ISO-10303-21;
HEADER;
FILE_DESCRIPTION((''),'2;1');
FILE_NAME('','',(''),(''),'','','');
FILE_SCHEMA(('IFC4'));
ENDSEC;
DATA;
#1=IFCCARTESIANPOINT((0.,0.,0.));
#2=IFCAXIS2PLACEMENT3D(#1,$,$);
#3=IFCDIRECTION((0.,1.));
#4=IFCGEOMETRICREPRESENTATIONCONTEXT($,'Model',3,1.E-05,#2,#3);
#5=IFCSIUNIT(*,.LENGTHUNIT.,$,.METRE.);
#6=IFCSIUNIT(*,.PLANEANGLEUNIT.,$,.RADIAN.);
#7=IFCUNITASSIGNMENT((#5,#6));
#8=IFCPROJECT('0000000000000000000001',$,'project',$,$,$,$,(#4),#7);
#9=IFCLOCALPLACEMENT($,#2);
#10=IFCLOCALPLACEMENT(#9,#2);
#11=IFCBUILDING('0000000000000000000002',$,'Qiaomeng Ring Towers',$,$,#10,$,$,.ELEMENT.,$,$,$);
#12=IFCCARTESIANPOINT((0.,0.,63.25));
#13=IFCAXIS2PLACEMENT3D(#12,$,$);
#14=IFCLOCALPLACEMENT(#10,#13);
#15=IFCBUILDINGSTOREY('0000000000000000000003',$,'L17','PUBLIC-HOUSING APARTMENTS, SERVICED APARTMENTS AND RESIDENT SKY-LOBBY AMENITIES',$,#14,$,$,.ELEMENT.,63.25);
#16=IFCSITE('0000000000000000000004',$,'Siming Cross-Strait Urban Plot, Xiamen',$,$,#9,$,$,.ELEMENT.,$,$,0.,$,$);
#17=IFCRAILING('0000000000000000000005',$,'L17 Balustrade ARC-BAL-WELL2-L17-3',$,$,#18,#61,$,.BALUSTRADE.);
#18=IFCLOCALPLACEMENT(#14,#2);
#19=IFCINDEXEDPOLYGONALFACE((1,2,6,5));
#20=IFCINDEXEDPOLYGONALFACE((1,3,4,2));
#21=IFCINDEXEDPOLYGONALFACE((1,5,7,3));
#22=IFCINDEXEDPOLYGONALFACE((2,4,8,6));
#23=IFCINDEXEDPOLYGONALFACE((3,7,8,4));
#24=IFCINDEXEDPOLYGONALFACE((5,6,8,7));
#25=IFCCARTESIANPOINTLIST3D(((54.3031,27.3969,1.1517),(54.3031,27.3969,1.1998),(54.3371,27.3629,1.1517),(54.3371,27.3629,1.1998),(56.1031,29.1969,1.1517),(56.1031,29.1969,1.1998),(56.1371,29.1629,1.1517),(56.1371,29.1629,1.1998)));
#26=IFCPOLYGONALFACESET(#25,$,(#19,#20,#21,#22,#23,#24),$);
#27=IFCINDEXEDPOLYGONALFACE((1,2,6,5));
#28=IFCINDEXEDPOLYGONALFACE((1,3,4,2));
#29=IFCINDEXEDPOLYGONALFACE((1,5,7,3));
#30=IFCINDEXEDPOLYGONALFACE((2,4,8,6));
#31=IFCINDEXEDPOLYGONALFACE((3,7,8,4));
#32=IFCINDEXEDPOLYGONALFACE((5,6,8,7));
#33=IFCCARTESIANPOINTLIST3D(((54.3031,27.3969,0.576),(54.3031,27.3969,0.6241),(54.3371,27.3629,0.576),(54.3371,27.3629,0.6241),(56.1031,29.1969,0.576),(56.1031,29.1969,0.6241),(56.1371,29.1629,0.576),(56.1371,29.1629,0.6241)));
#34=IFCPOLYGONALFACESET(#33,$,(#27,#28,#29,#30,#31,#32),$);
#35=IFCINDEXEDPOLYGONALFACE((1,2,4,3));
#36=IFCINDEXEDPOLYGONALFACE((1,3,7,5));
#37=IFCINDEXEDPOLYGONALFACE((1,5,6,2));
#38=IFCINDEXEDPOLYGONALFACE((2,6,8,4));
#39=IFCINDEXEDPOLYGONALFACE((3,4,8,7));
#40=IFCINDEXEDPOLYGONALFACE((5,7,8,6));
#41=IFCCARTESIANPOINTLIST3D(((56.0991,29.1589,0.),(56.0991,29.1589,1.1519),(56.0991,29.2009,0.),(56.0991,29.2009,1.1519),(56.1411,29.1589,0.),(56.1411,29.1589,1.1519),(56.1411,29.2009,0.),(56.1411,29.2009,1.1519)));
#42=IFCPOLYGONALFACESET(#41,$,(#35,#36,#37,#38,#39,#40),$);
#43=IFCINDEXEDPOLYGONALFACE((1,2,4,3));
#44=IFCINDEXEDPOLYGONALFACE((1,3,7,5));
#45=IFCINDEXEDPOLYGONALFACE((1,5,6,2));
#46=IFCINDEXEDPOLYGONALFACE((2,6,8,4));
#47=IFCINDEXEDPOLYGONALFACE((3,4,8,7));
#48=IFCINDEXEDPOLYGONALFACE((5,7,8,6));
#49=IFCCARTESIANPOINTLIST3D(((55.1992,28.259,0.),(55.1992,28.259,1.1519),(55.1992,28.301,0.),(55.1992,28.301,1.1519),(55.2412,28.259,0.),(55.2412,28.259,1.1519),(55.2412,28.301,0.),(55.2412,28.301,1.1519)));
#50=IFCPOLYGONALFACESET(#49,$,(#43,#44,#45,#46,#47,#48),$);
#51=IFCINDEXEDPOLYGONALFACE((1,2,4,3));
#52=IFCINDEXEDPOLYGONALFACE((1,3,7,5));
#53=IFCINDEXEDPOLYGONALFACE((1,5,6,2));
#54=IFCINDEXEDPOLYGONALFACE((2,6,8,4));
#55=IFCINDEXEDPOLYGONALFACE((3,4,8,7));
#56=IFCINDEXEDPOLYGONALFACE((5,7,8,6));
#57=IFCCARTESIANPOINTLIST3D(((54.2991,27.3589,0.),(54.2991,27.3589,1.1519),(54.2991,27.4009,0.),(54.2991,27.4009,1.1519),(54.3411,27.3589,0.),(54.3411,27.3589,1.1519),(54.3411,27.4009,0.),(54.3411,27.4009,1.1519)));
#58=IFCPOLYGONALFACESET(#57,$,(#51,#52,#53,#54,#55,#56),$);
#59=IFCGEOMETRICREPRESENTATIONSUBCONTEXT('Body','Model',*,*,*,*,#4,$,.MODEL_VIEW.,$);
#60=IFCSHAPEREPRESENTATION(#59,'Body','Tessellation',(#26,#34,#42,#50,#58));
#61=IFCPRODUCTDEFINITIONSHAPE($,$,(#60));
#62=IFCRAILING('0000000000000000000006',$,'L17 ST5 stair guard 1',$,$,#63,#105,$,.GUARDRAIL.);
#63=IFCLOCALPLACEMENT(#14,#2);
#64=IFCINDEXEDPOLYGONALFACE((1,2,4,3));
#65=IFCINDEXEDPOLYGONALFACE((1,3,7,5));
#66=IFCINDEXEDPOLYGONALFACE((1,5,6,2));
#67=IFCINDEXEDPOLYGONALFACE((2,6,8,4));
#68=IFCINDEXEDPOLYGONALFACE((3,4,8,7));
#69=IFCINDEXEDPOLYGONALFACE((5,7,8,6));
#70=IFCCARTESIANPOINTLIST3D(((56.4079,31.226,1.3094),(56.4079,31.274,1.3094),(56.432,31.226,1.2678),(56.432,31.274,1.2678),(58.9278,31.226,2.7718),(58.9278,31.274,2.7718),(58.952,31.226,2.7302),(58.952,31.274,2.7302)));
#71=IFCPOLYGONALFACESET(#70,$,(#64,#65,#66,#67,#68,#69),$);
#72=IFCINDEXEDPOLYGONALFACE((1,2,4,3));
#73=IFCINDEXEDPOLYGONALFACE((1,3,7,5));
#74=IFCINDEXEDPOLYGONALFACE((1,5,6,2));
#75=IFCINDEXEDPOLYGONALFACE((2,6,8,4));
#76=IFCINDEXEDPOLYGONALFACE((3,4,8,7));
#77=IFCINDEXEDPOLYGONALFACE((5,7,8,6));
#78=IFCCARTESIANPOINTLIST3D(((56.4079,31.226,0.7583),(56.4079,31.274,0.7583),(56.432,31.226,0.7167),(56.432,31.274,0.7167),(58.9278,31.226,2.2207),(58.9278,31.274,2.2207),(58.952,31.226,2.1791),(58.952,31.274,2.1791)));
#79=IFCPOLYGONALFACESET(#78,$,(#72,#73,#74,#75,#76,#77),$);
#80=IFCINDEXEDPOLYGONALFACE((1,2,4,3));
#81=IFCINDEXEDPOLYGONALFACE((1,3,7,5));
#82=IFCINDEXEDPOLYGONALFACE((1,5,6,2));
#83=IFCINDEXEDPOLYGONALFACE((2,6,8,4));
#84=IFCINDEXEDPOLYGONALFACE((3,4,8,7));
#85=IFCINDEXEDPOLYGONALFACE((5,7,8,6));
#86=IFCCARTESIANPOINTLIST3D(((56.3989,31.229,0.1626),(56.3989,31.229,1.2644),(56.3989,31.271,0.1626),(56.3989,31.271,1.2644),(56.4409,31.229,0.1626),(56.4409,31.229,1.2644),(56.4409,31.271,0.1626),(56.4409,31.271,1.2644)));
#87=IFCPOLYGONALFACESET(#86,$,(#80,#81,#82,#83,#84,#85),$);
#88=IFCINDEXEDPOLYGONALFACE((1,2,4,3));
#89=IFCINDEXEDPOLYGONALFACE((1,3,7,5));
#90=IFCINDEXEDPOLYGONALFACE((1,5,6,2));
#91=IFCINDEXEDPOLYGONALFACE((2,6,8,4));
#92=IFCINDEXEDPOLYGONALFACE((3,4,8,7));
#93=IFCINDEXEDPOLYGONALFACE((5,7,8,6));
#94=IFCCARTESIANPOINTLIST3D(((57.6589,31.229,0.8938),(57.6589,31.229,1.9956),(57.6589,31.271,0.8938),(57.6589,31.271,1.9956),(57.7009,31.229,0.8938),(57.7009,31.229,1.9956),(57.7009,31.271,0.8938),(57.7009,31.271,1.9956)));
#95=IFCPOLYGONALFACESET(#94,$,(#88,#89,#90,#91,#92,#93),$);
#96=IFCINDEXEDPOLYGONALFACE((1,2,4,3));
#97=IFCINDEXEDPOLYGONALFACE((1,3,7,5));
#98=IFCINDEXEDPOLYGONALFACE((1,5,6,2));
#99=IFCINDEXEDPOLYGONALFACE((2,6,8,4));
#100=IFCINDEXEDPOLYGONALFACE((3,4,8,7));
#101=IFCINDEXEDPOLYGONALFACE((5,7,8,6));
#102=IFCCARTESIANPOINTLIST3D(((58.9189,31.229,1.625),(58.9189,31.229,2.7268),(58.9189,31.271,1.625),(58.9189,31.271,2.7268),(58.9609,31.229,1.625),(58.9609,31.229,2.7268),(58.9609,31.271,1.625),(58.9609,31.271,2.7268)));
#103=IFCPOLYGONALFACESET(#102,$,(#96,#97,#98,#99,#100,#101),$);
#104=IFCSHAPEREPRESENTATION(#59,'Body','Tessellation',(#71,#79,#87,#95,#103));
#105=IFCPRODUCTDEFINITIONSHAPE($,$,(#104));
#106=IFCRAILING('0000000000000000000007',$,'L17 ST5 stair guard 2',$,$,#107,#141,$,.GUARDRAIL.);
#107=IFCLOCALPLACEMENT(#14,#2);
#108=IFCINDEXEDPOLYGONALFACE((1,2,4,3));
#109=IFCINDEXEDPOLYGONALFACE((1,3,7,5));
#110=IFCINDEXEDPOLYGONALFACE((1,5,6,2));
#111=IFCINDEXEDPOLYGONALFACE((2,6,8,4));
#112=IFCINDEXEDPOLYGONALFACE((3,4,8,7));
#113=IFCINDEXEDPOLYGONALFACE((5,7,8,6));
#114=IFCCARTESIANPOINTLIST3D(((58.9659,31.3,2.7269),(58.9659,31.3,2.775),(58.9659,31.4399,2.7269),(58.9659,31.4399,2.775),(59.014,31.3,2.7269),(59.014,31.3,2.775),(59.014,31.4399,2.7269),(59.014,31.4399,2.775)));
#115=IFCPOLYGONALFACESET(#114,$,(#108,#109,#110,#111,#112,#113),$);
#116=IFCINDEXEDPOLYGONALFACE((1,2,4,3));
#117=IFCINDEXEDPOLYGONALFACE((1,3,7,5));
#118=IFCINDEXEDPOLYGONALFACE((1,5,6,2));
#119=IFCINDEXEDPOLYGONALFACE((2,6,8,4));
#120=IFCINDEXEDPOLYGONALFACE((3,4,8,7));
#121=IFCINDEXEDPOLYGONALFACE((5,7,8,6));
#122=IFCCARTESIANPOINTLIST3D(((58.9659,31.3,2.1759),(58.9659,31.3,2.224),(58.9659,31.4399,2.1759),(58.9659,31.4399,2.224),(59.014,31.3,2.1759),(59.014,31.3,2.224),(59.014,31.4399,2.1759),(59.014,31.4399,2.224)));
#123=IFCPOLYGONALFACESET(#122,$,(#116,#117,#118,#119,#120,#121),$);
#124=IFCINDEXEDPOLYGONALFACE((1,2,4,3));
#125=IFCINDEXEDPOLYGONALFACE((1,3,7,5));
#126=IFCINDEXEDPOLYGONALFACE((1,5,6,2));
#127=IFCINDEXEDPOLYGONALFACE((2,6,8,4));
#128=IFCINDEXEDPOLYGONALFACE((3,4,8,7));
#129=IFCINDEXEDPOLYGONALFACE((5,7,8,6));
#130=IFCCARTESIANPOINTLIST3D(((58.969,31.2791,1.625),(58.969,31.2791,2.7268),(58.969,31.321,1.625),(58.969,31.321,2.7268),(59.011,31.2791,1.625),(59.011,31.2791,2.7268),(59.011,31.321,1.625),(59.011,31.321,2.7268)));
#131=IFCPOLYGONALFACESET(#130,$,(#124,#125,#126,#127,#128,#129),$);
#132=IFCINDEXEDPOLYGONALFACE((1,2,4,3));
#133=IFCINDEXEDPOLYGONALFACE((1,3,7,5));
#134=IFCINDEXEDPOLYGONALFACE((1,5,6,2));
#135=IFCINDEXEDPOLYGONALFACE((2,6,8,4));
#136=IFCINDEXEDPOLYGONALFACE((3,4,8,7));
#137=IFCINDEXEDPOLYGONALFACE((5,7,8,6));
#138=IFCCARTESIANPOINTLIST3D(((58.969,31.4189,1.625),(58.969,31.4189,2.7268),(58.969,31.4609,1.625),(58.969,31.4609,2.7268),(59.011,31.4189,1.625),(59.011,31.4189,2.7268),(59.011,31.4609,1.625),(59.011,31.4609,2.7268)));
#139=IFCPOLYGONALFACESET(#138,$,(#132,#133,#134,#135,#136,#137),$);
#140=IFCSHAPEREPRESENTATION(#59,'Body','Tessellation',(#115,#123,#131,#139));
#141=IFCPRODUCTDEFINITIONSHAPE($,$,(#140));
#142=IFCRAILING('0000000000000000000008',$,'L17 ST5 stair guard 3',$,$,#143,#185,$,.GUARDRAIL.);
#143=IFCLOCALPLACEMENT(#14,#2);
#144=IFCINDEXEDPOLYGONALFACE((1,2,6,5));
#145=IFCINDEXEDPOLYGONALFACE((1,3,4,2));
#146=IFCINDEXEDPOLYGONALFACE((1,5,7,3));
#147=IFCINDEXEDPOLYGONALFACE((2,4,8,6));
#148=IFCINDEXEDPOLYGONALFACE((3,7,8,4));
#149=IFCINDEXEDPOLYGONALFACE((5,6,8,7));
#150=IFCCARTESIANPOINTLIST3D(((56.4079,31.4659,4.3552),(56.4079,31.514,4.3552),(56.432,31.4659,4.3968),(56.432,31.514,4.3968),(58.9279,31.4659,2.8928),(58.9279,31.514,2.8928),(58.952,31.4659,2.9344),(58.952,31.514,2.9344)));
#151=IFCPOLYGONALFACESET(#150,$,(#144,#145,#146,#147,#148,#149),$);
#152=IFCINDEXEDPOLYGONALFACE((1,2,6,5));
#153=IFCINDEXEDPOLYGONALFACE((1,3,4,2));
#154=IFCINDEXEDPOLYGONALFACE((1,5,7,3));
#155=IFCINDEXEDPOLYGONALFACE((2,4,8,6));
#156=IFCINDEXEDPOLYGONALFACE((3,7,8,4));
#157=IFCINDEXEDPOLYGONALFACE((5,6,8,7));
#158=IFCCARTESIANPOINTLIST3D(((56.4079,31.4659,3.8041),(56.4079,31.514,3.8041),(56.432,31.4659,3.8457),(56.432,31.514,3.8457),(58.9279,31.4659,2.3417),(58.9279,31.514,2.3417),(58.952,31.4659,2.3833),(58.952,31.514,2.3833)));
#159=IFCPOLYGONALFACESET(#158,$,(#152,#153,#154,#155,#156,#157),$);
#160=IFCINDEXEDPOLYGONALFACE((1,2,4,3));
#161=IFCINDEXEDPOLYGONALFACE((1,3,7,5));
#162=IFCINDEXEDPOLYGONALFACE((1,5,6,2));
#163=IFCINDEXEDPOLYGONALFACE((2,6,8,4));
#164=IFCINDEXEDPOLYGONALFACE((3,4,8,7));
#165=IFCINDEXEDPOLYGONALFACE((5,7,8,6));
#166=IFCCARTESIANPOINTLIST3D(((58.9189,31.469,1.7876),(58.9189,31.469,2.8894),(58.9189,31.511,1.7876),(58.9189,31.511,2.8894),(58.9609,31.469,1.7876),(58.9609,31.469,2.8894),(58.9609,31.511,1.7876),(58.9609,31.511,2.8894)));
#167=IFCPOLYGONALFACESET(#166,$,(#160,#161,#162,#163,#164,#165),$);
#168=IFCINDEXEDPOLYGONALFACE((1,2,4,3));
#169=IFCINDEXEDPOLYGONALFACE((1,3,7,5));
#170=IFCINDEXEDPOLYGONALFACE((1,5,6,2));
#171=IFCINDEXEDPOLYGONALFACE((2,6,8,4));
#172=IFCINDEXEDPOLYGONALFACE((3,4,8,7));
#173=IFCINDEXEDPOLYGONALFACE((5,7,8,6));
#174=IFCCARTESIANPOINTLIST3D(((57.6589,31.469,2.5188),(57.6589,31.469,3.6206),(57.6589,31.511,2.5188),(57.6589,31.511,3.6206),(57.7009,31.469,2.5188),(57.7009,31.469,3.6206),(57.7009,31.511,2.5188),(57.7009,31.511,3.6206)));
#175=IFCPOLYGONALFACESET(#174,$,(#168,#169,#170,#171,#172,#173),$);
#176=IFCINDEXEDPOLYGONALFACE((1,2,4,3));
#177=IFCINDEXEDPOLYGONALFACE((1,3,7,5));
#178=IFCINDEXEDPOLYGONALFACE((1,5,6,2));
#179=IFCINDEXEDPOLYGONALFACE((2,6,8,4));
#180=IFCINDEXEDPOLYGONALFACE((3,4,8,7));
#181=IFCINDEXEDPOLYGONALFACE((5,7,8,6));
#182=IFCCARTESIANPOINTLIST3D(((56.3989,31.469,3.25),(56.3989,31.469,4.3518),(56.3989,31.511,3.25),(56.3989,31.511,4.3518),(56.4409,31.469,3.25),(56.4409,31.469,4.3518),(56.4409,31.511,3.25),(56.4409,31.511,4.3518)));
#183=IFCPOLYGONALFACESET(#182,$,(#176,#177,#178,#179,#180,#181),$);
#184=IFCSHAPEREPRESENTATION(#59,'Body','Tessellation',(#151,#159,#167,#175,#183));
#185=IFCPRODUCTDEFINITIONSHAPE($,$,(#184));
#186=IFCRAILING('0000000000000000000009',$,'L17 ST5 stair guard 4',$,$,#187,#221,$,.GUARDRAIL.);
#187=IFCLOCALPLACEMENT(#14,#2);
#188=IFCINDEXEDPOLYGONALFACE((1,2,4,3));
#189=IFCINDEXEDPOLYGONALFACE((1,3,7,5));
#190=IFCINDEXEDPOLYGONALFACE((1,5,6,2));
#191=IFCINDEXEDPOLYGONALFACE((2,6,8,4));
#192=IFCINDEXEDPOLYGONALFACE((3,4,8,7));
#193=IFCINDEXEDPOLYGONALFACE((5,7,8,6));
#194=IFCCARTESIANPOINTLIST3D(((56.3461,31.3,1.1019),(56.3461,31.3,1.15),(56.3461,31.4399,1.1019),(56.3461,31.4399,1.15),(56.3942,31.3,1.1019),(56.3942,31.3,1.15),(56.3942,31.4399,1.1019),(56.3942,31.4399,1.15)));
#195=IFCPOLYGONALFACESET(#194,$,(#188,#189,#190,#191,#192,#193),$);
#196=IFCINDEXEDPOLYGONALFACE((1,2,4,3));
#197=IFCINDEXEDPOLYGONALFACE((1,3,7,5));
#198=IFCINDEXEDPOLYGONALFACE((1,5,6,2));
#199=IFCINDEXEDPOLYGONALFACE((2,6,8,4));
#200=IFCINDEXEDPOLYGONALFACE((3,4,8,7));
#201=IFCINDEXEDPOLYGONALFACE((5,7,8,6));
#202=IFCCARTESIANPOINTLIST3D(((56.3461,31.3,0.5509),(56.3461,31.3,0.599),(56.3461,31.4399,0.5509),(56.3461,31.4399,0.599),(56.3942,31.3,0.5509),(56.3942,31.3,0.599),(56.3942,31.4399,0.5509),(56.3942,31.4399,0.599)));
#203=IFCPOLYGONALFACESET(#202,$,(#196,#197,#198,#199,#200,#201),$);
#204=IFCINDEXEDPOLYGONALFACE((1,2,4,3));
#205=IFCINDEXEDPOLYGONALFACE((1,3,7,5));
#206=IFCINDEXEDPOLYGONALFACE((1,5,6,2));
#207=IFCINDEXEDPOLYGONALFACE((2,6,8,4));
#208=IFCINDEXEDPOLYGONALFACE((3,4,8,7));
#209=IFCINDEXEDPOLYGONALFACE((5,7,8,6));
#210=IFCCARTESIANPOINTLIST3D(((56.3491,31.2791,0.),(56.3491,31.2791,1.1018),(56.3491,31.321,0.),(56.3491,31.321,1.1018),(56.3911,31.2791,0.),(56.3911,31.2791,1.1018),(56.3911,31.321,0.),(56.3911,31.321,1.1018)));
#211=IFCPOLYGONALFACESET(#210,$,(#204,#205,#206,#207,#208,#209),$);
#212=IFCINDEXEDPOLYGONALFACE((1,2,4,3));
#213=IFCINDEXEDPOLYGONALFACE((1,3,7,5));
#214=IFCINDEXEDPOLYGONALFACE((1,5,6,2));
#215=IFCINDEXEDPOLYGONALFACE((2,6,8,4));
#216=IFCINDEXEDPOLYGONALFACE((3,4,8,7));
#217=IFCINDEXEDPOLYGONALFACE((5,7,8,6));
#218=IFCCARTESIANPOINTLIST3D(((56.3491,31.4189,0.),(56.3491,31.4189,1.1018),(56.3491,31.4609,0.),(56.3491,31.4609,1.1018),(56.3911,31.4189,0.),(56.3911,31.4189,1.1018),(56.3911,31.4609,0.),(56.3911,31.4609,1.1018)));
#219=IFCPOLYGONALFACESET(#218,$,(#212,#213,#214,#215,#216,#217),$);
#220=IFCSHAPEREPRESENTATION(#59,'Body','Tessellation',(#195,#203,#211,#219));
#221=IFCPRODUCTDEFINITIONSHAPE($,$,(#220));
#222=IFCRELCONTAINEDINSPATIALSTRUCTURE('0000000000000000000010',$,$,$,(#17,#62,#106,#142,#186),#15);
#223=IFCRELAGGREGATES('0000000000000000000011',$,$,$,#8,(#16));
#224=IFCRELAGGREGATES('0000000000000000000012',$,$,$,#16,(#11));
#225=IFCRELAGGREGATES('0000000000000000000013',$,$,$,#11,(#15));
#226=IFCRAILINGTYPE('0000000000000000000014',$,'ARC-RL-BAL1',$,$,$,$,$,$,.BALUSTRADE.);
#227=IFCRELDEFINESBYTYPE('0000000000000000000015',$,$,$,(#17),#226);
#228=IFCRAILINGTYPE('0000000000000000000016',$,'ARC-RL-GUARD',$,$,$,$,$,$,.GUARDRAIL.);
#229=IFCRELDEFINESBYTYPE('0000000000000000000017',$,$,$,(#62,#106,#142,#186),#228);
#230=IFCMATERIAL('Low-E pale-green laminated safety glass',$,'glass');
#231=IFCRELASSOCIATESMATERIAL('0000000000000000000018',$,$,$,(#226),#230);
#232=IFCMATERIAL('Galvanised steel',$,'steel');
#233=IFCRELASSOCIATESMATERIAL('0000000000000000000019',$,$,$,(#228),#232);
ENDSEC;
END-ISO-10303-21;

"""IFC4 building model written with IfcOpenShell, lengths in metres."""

from ifc_helpers import new_model, si_unit, direction, frame, origin, origin_2d, place, context, subcontext, project, spatial, rectangle, extrude, material, type_object, element, save


model = new_model("IFC4")

# Units and contexts
model_context = context("Model", 3, precision=1e-05, world=origin(), true_north=direction((0.0, 1.0)))
body_context = subcontext(model_context, "Body", "Model", "MODEL_VIEW")
ifc_project = project(units=[si_unit("LENGTHUNIT", "METRE"), si_unit("PLANEANGLEUNIT", "RADIAN")], contexts=[model_context])

# Site, building, storey
site_placement = place(None, origin())
site = spatial("IfcSite", under=ifc_project, at=site_placement, Name="Siming Cross-Strait Urban Plot, Xiamen", CompositionType="ELEMENT", RefElevation=0.0)
building_placement = place(site_placement, origin())
building = spatial("IfcBuilding", under=site, at=building_placement, Name="Qiaomeng Ring Towers", CompositionType="ELEMENT")
storey_placement = place(building_placement, frame((0.0, 0.0, 63.25)))
storey = spatial("IfcBuildingStorey", under=building, at=storey_placement, Name="L17", Description="PUBLIC-HOUSING APARTMENTS, SERVICED APARTMENTS AND RESIDENT SKY-LOBBY AMENITIES", CompositionType="ELEMENT", Elevation=63.25)

# Railings
ifc_material_1 = material(Name="Low-E pale-green laminated safety glass", Category="glass")
railing_type_1 = type_object("IfcRailingType", Name="ARC-RL-BAL1", PredefinedType="BALUSTRADE", material=ifc_material_1)
railing_1_placement = place(storey_placement, frame((56.1201, 29.1799, 0.0)))
element("IfcRailing", 1, at=railing_1_placement, inside=storey, type_object=railing_type_1, Name="L17 Balustrade ARC-BAL-WELL2-L17-3", PredefinedType="BALUSTRADE", context=body_context, shape_type="SweptSolid", body=[
    extrude(rectangle(XDim=0.0481, YDim=0.0481, at=origin_2d()), frame((0.0, 0.0, 1.1758), z_axis=(-0.707107, -0.707107, 0.0), x_axis=(0.707107, -0.707107, 0.0)), (0.0, 0.0, 1.0), 2.5457),
    extrude(rectangle(XDim=0.0481, YDim=0.0481, at=origin_2d()), frame((0.0, 0.0, 0.6001), z_axis=(-0.707107, -0.707107, 0.0), x_axis=(0.707107, -0.707107, 0.0)), (0.0, 0.0, 1.0), 2.5457),
    extrude(rectangle(XDim=0.042, YDim=0.042, at=origin_2d()), origin(), (0.0, 0.0, 1.0), 1.1519),
    extrude(rectangle(XDim=0.042, YDim=0.042, at=origin_2d()), frame((-0.8999, -0.8999, 0.0)), (0.0, 0.0, 1.0), 1.1519),
    extrude(rectangle(XDim=0.042, YDim=0.042, at=origin_2d()), frame((-1.8, -1.8, 0.0)), (0.0, 0.0, 1.0), 1.1519),
])
ifc_material_2 = material(Name="Galvanised steel", Category="steel")
railing_type_2 = type_object("IfcRailingType", Name="ARC-RL-GUARD", PredefinedType="GUARDRAIL", material=ifc_material_2)
railing_2_placement = place(storey_placement, frame((56.4199, 31.25, 0.1626)))
element("IfcRailing", 2, at=railing_2_placement, inside=storey, type_object=railing_type_2, Name="L17 ST5 stair guard 1", PredefinedType="GUARDRAIL", context=body_context, shape_type="SweptSolid", body=[
    extrude(rectangle(XDim=0.0481, YDim=0.0481, at=origin_2d()), frame((0.0, 0.0, 1.126), z_axis=(0.864913, 0.0, 0.501921), x_axis=(0.0, 1.0, 0.0)), (0.0, 0.0, 1.0), 2.9136),
    extrude(rectangle(XDim=0.0481, YDim=0.0481, at=origin_2d()), frame((0.0, 0.0, 0.575), z_axis=(0.864913, 0.0, 0.501921), x_axis=(0.0, 1.0, 0.0)), (0.0, 0.0, 1.0), 2.9136),
    extrude(rectangle(XDim=0.042, YDim=0.042, at=origin_2d()), origin(), (0.0, 0.0, 1.0), 1.1018),
    extrude(rectangle(XDim=0.042, YDim=0.042, at=origin_2d()), frame((1.26, 0.0, 0.7312)), (0.0, 0.0, 1.0), 1.1018),
    extrude(rectangle(XDim=0.042, YDim=0.042, at=origin_2d()), frame((2.52, 0.0, 1.4624)), (0.0, 0.0, 1.0), 1.1018),
])
railing_3_placement = place(storey_placement, frame((58.99, 31.3, 1.625)))
element("IfcRailing", 3, at=railing_3_placement, inside=storey, type_object=railing_type_2, Name="L17 ST5 stair guard 2", PredefinedType="GUARDRAIL", context=body_context, shape_type="SweptSolid", body=[
    extrude(rectangle(XDim=0.0481, YDim=0.0481, at=origin_2d()), frame((0.0, 0.0, 1.126), z_axis=(0.0, 1.0, 0.0), x_axis=(-1.0, 0.0, 0.0)), (0.0, 0.0, 1.0), 0.1399),
    extrude(rectangle(XDim=0.0481, YDim=0.0481, at=origin_2d()), frame((0.0, 0.0, 0.575), z_axis=(0.0, 1.0, 0.0), x_axis=(-1.0, 0.0, 0.0)), (0.0, 0.0, 1.0), 0.1399),
    extrude(rectangle(XDim=0.042, YDim=0.042, at=origin_2d()), origin(), (0.0, 0.0, 1.0), 1.1018),
    extrude(rectangle(XDim=0.042, YDim=0.042, at=origin_2d()), frame((0.0, 0.1399, 0.0)), (0.0, 0.0, 1.0), 1.1018),
])
railing_4_placement = place(storey_placement, frame((58.9399, 31.49, 1.7876)))
element("IfcRailing", 4, at=railing_4_placement, inside=storey, type_object=railing_type_2, Name="L17 ST5 stair guard 3", PredefinedType="GUARDRAIL", context=body_context, shape_type="SweptSolid", body=[
    extrude(rectangle(XDim=0.0481, YDim=0.0481, at=origin_2d()), frame((0.0, 0.0, 1.126), z_axis=(-0.864913, 0.0, 0.501921), x_axis=(0.0, -1.0, 0.0)), (0.0, 0.0, 1.0), 2.9136),
    extrude(rectangle(XDim=0.0481, YDim=0.0481, at=origin_2d()), frame((0.0, 0.0, 0.575), z_axis=(-0.864913, 0.0, 0.501921), x_axis=(0.0, -1.0, 0.0)), (0.0, 0.0, 1.0), 2.9136),
    extrude(rectangle(XDim=0.042, YDim=0.042, at=origin_2d()), origin(), (0.0, 0.0, 1.0), 1.1018),
    extrude(rectangle(XDim=0.042, YDim=0.042, at=origin_2d()), frame((-1.26, 0.0, 0.7312)), (0.0, 0.0, 1.0), 1.1018),
    extrude(rectangle(XDim=0.042, YDim=0.042, at=origin_2d()), frame((-2.52, 0.0, 1.4624)), (0.0, 0.0, 1.0), 1.1018),
])
railing_5_placement = place(storey_placement, frame((56.3701, 31.3, 0.0)))
element("IfcRailing", 5, at=railing_5_placement, inside=storey, type_object=railing_type_2, Name="L17 ST5 stair guard 4", PredefinedType="GUARDRAIL", context=body_context, shape_type="SweptSolid", body=[
    extrude(rectangle(XDim=0.0481, YDim=0.0481, at=origin_2d()), frame((0.0, 0.0, 1.126), z_axis=(0.0, 1.0, 0.0), x_axis=(-1.0, 0.0, 0.0)), (0.0, 0.0, 1.0), 0.1399),
    extrude(rectangle(XDim=0.0481, YDim=0.0481, at=origin_2d()), frame((0.0, 0.0, 0.575), z_axis=(0.0, 1.0, 0.0), x_axis=(-1.0, 0.0, 0.0)), (0.0, 0.0, 1.0), 0.1399),
    extrude(rectangle(XDim=0.042, YDim=0.042, at=origin_2d()), origin(), (0.0, 0.0, 1.0), 1.1018),
    extrude(rectangle(XDim=0.042, YDim=0.042, at=origin_2d()), frame((0.0, 0.1399, 0.0)), (0.0, 0.0, 1.0), 1.1018),
])

save(model, "model.ifc")
